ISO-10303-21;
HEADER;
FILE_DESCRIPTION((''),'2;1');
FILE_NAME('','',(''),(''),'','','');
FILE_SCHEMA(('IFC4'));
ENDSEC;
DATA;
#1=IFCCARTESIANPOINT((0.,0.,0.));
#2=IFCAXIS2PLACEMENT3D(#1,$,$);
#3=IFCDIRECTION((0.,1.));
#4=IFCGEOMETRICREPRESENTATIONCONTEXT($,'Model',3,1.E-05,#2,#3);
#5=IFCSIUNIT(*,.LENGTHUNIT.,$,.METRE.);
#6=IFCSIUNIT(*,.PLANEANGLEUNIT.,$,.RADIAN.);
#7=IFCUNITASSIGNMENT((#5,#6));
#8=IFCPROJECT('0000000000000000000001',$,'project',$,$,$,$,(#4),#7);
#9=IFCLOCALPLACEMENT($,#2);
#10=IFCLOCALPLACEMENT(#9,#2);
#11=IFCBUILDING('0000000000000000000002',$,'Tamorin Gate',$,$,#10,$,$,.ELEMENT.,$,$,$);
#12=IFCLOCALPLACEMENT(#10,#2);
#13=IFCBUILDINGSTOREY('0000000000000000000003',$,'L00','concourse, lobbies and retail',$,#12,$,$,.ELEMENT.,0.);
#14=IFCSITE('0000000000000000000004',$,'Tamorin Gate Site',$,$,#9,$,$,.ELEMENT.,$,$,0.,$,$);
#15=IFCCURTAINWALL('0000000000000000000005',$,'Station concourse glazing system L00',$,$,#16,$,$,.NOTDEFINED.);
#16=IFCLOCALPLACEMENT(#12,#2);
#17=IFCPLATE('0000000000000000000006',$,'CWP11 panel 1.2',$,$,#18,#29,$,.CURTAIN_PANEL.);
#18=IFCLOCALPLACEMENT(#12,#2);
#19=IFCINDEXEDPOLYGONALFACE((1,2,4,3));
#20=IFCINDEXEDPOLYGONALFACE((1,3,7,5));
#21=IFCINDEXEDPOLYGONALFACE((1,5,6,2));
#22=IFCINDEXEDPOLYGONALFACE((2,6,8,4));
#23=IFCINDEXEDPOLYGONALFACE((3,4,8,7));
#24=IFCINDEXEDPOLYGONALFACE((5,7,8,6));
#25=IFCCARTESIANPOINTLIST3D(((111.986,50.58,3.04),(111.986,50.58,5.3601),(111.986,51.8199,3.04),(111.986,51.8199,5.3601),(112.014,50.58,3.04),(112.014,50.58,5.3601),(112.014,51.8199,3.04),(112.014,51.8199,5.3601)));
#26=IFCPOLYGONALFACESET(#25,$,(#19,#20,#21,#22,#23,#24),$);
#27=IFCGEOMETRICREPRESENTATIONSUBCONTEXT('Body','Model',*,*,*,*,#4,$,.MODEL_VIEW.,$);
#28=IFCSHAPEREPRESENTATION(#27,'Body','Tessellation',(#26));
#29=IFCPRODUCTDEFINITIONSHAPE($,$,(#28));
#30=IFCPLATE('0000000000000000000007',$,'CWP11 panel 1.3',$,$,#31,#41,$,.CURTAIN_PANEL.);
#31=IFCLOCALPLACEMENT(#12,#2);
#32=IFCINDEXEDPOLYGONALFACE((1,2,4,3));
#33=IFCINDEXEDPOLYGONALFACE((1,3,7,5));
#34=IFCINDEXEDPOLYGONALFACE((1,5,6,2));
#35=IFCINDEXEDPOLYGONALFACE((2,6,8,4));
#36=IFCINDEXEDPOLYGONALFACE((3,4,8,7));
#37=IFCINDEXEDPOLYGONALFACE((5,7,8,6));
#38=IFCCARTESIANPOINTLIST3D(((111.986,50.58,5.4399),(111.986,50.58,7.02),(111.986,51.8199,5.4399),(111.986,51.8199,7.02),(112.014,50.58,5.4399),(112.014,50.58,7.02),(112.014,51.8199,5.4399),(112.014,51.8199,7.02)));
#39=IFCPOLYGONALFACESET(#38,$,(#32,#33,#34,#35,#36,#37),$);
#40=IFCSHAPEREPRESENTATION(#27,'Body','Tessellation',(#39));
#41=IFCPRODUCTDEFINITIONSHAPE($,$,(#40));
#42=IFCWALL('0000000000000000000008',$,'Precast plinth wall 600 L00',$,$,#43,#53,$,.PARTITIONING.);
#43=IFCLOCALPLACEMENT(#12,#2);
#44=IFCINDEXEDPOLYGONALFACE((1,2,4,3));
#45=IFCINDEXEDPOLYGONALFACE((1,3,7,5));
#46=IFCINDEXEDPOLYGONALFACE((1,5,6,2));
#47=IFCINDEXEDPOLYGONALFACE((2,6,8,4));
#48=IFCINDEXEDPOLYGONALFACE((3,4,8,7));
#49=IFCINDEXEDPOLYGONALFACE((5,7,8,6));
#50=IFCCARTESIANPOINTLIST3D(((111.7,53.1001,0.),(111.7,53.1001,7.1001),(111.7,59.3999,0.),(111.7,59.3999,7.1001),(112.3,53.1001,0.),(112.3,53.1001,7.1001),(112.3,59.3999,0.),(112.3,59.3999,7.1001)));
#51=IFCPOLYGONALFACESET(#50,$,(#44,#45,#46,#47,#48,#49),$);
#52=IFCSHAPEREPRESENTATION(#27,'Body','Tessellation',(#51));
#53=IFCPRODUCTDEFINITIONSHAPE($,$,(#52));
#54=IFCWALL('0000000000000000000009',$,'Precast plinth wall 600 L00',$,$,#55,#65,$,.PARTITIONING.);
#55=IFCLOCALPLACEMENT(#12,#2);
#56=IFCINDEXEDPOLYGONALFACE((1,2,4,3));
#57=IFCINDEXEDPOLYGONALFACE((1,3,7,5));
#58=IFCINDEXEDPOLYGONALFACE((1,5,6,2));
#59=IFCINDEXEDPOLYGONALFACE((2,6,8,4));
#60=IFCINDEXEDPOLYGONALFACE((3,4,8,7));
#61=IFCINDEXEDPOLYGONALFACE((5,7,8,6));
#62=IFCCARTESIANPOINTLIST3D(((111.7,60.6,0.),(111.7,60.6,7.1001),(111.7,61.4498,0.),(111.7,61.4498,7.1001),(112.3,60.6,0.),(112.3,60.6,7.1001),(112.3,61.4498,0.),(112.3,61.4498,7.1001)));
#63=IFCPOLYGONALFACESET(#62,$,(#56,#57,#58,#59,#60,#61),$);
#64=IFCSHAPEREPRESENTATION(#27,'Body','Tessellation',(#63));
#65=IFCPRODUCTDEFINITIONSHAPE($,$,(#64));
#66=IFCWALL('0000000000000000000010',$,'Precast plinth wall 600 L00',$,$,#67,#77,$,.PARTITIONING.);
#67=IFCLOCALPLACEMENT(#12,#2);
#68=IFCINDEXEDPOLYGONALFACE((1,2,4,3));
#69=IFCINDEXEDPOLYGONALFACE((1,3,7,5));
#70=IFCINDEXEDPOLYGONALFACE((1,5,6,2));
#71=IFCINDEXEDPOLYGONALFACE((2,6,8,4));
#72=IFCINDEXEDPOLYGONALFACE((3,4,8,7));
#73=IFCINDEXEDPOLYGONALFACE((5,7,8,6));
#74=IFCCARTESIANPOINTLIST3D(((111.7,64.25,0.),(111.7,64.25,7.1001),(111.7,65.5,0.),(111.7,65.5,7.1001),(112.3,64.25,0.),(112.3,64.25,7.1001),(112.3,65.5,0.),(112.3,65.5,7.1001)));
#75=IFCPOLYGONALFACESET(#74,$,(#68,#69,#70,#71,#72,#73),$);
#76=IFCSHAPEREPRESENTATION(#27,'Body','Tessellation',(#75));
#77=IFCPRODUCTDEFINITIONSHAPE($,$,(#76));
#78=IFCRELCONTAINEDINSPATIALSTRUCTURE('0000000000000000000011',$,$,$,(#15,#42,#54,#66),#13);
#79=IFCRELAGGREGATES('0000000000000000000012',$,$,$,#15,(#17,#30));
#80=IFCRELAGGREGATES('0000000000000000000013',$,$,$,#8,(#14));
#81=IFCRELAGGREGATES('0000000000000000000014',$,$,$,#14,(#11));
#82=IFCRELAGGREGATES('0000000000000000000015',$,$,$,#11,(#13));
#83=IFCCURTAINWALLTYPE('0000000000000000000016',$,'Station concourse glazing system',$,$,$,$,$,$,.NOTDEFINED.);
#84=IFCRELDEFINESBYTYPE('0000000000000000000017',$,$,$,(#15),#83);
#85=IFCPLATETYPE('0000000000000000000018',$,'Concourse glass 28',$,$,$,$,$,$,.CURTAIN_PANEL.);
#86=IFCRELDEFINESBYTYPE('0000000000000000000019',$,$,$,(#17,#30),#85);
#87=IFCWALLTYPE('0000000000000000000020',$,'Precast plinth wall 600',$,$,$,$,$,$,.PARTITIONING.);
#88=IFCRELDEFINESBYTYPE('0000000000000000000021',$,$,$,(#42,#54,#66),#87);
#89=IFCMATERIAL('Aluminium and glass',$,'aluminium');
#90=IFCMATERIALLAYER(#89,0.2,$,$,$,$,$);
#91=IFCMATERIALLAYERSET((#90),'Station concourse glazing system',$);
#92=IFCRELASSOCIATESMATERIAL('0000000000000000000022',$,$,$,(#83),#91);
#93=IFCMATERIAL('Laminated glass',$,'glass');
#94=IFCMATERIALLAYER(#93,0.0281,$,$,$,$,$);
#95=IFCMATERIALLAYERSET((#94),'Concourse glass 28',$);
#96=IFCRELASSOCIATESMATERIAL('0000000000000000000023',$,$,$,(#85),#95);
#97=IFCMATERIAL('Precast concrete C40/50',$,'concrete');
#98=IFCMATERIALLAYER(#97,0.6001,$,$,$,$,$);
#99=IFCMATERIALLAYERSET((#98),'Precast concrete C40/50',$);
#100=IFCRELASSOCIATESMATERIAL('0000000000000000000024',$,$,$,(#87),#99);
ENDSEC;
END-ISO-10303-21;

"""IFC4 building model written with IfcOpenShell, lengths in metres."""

from ifc_helpers import new_model, si_unit, direction, frame, frame_2d, origin, origin_2d, place, context, subcontext, project, spatial, rectangle, extrude, material, layer, layer_set, type_object, element, aggregate, save


model = new_model("IFC4")

# Units and contexts
model_context = context("Model", 3, precision=1e-05, world=origin(), true_north=direction((0.0, 1.0)))
body_context = subcontext(model_context, "Body", "Model", "MODEL_VIEW")
ifc_project = project(units=[si_unit("LENGTHUNIT", "METRE"), si_unit("PLANEANGLEUNIT", "RADIAN")], contexts=[model_context])

# Site, building, storey
site_placement = place(None, origin())
site = spatial("IfcSite", under=ifc_project, at=site_placement, Name="Tamorin Gate Site", CompositionType="ELEMENT", RefElevation=0.0)
building_placement = place(site_placement, origin())
building = spatial("IfcBuilding", under=site, at=building_placement, Name="Tamorin Gate", CompositionType="ELEMENT")
storey_placement = place(building_placement, origin())
storey = spatial("IfcBuildingStorey", under=building, at=storey_placement, Name="L00", Description="concourse, lobbies and retail", CompositionType="ELEMENT", Elevation=0.0)

# Shared definitions
ifc_material_1 = material(Name="Aluminium and glass", Category="aluminium")
ifc_layer_1 = layer(ifc_material_1, 0.2)
ifc_layer_set_1 = layer_set([ifc_layer_1], Name="Station concourse glazing system")
curtain_wall_type = type_object("IfcCurtainWallType", Name="Station concourse glazing system", PredefinedType="NOTDEFINED", material=ifc_layer_set_1)

# Curtain wall
curtain_wall_1_placement = place(storey_placement, origin())
curtain_wall_1 = element("IfcCurtainWall", 1, at=curtain_wall_1_placement, inside=storey, type_object=curtain_wall_type, Name="Station concourse glazing system L00", PredefinedType="NOTDEFINED")

# Plates
ifc_material_2 = material(Name="Laminated glass", Category="glass")
ifc_layer_2 = layer(ifc_material_2, 0.0281)
ifc_layer_set_2 = layer_set([ifc_layer_2], Name="Concourse glass 28")
plate_type = type_object("IfcPlateType", Name="Concourse glass 28", PredefinedType="CURTAIN_PANEL", material=ifc_layer_set_2)
plate_1_placement = place(storey_placement, frame((112.0, 51.2, 3.04), z_axis=(0.0, 0.0, 1.0), x_axis=(0.0, 1.0, 0.0)))
plate_1 = element("IfcPlate", 2, at=plate_1_placement, type_object=plate_type, Name="CWP11 panel 1.2", PredefinedType="CURTAIN_PANEL", context=body_context, shape_type="SweptSolid", body=[
    extrude(rectangle(XDim=1.24, YDim=0.0281, at=origin_2d()), origin(), (0.0, 0.0, 1.0), 2.3201),
])
plate_2_placement = place(storey_placement, frame((112.0, 51.2, 5.4399), z_axis=(0.0, 0.0, 1.0), x_axis=(0.0, 1.0, 0.0)))
plate_2 = element("IfcPlate", 3, at=plate_2_placement, type_object=plate_type, Name="CWP11 panel 1.3", PredefinedType="CURTAIN_PANEL", context=body_context, shape_type="SweptSolid", body=[
    extrude(rectangle(XDim=1.24, YDim=0.0281, at=origin_2d()), origin(), (0.0, 0.0, 1.0), 1.5801),
])
aggregate(curtain_wall_1, [plate_1, plate_2])

# Shared definitions
ifc_material_3 = material(Name="Precast concrete C40/50", Category="concrete")
ifc_layer_3 = layer(ifc_material_3, 0.6001)
ifc_layer_set_3 = layer_set([ifc_layer_3], Name="Precast concrete C40/50")
wall_type = type_object("IfcWallType", Name="Precast plinth wall 600", PredefinedType="PARTITIONING", material=ifc_layer_set_3)

# Wall
wall_1_placement = place(storey_placement, frame((112.0, 53.1001, 0.0), z_axis=(0.0, 0.0, 1.0), x_axis=(0.0, 1.0, 0.0)))
element("IfcWall", 4, at=wall_1_placement, inside=storey, type_object=wall_type, Name="Precast plinth wall 600 L00", PredefinedType="PARTITIONING", context=body_context, shape_type="SweptSolid", body=[
    extrude(rectangle(XDim=6.2998, YDim=0.6001, at=frame_2d((3.1499, 0.0))), origin(), (0.0, 0.0, 1.0), 7.1001),
])

# Walls
wall_2_placement = place(storey_placement, frame((112.0, 60.6001, 0.0), z_axis=(0.0, 0.0, 1.0), x_axis=(0.0, 1.0, 0.0)))
element("IfcWall", 5, at=wall_2_placement, inside=storey, type_object=wall_type, Name="Precast plinth wall 600 L00", PredefinedType="PARTITIONING", context=body_context, shape_type="SweptSolid", body=[
    extrude(rectangle(XDim=0.8499, YDim=0.6001, at=frame_2d((0.4248, 0.0))), origin(), (0.0, 0.0, 1.0), 7.1001),
])
wall_3_placement = place(storey_placement, frame((112.0, 64.25, 0.0), z_axis=(0.0, 0.0, 1.0), x_axis=(0.0, 1.0, 0.0)))
element("IfcWall", 6, at=wall_3_placement, inside=storey, type_object=wall_type, Name="Precast plinth wall 600 L00", PredefinedType="PARTITIONING", context=body_context, shape_type="SweptSolid", body=[
    extrude(rectangle(XDim=1.25, YDim=0.6001, at=frame_2d((0.625, 0.0))), origin(), (0.0, 0.0, 1.0), 7.1001),
])

save(model, "model.ifc")
